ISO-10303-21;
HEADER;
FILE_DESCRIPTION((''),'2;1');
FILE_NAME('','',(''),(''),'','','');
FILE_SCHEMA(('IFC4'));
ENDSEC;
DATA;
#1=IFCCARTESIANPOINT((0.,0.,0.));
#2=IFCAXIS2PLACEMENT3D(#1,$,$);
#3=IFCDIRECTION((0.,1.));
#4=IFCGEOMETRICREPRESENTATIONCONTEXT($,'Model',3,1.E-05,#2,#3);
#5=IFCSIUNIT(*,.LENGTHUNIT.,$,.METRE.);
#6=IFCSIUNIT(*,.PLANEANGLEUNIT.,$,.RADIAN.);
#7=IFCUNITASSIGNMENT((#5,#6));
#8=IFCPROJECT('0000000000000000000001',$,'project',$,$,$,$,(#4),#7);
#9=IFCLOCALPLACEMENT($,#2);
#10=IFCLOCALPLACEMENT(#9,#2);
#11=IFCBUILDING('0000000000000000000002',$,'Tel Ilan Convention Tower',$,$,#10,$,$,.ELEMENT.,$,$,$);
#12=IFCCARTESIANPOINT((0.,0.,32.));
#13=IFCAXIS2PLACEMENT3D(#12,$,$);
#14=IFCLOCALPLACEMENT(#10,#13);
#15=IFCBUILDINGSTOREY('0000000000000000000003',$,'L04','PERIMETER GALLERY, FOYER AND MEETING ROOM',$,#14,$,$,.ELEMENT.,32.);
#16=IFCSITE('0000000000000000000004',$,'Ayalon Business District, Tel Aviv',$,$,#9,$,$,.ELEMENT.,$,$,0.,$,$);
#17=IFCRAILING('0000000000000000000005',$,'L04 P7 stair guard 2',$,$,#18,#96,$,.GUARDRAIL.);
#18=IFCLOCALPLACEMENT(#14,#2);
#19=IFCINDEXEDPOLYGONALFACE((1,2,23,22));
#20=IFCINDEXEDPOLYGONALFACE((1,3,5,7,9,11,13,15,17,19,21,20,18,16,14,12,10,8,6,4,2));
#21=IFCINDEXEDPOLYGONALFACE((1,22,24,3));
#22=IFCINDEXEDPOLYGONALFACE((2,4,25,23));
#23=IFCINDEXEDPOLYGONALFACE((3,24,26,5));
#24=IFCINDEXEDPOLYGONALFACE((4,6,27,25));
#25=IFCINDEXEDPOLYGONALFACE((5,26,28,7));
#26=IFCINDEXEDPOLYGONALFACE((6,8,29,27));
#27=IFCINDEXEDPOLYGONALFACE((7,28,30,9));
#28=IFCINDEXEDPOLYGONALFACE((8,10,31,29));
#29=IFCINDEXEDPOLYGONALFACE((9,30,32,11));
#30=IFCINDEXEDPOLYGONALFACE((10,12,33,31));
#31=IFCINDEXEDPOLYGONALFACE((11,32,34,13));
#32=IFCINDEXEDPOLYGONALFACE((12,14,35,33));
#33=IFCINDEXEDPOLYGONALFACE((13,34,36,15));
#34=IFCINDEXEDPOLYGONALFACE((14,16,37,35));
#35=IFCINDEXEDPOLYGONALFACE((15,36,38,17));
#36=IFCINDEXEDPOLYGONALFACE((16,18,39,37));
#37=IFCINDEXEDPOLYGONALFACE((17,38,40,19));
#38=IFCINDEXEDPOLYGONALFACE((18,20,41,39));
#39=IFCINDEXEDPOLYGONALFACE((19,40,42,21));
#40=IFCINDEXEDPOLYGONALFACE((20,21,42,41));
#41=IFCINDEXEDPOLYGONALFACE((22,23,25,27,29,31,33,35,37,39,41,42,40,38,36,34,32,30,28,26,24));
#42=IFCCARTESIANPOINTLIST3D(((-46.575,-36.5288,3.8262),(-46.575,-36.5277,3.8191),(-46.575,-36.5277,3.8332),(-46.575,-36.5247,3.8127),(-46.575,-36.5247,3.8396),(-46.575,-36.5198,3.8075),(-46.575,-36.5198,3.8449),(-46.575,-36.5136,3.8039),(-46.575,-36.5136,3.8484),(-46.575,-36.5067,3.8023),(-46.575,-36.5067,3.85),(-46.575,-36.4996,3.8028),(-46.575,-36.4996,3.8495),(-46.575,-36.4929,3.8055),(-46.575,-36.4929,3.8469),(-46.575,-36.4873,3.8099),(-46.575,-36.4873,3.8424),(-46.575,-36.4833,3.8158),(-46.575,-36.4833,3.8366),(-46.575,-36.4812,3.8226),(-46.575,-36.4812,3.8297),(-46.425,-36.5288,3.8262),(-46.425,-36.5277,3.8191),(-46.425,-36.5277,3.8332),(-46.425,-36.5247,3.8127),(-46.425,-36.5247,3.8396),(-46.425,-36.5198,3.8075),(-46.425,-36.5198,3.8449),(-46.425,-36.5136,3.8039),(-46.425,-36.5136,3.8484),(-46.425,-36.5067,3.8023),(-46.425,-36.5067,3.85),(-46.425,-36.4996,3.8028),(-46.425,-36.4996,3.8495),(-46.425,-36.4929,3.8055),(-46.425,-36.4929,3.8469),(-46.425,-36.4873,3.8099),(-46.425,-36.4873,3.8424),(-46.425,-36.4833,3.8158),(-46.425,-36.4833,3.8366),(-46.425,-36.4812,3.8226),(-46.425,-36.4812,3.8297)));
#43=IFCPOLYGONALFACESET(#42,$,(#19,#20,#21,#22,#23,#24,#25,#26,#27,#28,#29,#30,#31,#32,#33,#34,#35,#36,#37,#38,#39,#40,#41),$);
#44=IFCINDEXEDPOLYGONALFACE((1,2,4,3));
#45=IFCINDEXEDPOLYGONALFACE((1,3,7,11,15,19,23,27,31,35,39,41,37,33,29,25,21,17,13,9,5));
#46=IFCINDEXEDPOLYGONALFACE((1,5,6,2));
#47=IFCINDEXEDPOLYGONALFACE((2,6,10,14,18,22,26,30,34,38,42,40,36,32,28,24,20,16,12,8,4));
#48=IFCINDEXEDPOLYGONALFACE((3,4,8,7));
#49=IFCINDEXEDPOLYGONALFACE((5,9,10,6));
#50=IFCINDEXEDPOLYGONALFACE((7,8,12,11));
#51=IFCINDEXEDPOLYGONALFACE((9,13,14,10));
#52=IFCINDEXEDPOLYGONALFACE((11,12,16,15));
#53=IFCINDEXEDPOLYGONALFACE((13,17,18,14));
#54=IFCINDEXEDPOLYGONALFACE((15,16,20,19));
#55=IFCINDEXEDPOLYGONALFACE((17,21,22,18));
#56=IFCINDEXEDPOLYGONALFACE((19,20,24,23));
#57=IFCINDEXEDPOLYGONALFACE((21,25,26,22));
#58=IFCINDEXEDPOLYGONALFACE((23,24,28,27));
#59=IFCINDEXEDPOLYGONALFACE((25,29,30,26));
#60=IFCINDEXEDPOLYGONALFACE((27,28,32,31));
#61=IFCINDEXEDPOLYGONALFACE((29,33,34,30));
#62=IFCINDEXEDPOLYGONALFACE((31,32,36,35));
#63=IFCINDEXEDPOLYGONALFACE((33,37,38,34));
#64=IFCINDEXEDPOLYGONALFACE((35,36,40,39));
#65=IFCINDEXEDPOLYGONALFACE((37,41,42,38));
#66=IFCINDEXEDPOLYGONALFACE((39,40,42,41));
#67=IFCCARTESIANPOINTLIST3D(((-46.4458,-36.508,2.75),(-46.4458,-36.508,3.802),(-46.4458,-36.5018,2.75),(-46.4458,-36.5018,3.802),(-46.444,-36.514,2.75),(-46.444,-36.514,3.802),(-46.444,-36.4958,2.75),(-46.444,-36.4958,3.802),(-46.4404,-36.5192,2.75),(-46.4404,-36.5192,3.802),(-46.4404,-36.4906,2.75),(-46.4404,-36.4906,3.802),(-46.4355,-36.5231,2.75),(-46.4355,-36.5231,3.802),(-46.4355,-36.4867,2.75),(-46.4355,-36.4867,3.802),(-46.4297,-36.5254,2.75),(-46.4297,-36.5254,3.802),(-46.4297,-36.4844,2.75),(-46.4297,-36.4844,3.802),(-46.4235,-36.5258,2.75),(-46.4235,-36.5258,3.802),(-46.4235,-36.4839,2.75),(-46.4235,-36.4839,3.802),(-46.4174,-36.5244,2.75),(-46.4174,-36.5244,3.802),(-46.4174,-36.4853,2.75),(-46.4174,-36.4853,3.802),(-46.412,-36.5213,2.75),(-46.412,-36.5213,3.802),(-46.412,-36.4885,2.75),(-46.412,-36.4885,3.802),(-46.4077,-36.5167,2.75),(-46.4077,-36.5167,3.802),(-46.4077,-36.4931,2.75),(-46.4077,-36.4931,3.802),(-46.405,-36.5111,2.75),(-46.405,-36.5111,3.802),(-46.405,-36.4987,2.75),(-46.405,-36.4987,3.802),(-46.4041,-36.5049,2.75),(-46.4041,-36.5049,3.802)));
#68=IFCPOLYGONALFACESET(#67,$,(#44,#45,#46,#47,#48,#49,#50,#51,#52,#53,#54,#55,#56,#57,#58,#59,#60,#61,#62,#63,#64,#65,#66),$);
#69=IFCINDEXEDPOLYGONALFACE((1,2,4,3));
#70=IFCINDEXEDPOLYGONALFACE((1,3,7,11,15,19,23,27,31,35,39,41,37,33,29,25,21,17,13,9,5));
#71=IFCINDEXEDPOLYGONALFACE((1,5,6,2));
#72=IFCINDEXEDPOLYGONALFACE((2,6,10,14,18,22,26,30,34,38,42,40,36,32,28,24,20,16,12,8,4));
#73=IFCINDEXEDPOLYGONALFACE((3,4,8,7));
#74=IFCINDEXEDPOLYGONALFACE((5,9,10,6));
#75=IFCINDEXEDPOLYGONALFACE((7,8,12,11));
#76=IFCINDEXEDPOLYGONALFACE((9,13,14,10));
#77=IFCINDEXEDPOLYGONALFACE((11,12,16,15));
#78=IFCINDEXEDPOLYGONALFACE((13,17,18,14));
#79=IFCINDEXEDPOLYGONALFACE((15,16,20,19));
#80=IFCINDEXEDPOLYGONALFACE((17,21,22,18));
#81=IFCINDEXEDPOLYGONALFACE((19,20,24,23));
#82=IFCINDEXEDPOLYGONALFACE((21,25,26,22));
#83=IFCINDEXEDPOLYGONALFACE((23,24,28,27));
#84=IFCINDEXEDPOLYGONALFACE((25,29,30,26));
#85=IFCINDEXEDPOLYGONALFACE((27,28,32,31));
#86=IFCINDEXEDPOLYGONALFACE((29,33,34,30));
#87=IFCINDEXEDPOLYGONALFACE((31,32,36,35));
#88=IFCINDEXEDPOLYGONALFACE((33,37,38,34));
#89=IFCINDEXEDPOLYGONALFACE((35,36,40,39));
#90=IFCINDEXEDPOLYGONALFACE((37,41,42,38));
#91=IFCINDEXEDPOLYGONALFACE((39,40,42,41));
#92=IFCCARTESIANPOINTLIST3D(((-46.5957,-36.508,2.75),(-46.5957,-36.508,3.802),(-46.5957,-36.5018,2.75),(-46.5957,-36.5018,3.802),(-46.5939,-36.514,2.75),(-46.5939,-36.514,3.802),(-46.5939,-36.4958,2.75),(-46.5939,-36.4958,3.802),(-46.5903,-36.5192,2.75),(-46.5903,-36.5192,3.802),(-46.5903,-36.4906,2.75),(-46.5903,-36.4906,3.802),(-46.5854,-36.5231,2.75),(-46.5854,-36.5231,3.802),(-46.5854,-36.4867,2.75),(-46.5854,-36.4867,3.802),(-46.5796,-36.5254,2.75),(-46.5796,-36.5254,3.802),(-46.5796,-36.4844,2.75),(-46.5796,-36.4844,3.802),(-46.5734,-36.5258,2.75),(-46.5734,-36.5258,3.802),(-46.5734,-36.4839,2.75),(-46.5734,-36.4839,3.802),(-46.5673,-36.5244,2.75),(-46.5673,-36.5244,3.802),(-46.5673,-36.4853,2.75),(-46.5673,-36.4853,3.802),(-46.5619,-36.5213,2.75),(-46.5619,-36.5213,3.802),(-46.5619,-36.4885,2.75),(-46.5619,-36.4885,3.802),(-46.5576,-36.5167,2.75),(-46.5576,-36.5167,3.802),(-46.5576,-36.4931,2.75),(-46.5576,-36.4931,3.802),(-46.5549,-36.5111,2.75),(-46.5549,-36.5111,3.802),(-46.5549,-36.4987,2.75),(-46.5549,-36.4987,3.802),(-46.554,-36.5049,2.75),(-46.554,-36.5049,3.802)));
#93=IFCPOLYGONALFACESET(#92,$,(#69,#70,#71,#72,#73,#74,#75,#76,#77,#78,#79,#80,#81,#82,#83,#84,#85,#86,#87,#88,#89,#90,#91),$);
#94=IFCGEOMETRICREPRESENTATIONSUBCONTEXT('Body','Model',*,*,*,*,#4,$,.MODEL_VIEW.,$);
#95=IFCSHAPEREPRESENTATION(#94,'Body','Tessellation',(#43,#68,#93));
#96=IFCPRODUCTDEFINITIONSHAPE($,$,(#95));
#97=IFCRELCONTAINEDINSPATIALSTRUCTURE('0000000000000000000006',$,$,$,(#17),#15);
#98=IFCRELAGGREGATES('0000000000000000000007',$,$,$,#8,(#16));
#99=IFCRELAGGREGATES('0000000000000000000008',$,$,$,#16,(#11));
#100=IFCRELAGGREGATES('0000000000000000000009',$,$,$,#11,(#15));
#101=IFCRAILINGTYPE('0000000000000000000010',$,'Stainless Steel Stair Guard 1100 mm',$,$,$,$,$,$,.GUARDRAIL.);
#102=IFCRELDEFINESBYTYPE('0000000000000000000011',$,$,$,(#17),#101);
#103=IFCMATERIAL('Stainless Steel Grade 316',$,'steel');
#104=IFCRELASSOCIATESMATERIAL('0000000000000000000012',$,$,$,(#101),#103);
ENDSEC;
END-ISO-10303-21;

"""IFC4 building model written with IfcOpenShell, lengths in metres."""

from ifc_helpers import new_model, si_unit, direction, frame, origin, origin_2d, place, context, subcontext, project, spatial, circle, extrude, material, type_object, element, save


model = new_model("IFC4")

# Units and contexts
model_context = context("Model", 3, precision=1e-05, world=origin(), true_north=direction((0.0, 1.0)))
body_context = subcontext(model_context, "Body", "Model", "MODEL_VIEW")
ifc_project = project(units=[si_unit("LENGTHUNIT", "METRE"), si_unit("PLANEANGLEUNIT", "RADIAN")], contexts=[model_context])

# Site, building, storey
site_placement = place(None, origin())
site = spatial("IfcSite", under=ifc_project, at=site_placement, Name="Ayalon Business District, Tel Aviv", CompositionType="ELEMENT", RefElevation=0.0)
building_placement = place(site_placement, origin())
building = spatial("IfcBuilding", under=site, at=building_placement, Name="Tel Ilan Convention Tower", CompositionType="ELEMENT")
storey_placement = place(building_placement, frame((0.0, 0.0, 32.0)))
storey = spatial("IfcBuildingStorey", under=building, at=storey_placement, Name="L04", Description="PERIMETER GALLERY, FOYER AND MEETING ROOM", CompositionType="ELEMENT", Elevation=32.0)

# Railing
ifc_material_1 = material(Name="Stainless Steel Grade 316", Category="steel")
railing_type_1 = type_object("IfcRailingType", Name="Stainless Steel Stair Guard 1100 mm", PredefinedType="GUARDRAIL", material=ifc_material_1)
railing_1_placement = place(storey_placement, frame((-46.425, -36.5049, 2.75)))
element("IfcRailing", 1, at=railing_1_placement, inside=storey, type_object=railing_type_1, Name="L04 P7 stair guard 2", PredefinedType="GUARDRAIL", context=body_context, shape_type="SweptSolid", body=[
    extrude(circle(Radius=0.0239, at=origin_2d()), frame((0.0, 0.0, 1.0762), z_axis=(-1.0, 0.0, 0.0), x_axis=(0.0, -1.0, 0.0)), (0.0, 0.0, 1.0), 0.1499),
    extrude(circle(Radius=0.021, at=origin_2d()), origin(), (0.0, 0.0, 1.0), 1.052),
    extrude(circle(Radius=0.021, at=origin_2d()), frame((-0.1499, 0.0, 0.0)), (0.0, 0.0, 1.0), 1.052),
])

save(model, "model.ifc")
